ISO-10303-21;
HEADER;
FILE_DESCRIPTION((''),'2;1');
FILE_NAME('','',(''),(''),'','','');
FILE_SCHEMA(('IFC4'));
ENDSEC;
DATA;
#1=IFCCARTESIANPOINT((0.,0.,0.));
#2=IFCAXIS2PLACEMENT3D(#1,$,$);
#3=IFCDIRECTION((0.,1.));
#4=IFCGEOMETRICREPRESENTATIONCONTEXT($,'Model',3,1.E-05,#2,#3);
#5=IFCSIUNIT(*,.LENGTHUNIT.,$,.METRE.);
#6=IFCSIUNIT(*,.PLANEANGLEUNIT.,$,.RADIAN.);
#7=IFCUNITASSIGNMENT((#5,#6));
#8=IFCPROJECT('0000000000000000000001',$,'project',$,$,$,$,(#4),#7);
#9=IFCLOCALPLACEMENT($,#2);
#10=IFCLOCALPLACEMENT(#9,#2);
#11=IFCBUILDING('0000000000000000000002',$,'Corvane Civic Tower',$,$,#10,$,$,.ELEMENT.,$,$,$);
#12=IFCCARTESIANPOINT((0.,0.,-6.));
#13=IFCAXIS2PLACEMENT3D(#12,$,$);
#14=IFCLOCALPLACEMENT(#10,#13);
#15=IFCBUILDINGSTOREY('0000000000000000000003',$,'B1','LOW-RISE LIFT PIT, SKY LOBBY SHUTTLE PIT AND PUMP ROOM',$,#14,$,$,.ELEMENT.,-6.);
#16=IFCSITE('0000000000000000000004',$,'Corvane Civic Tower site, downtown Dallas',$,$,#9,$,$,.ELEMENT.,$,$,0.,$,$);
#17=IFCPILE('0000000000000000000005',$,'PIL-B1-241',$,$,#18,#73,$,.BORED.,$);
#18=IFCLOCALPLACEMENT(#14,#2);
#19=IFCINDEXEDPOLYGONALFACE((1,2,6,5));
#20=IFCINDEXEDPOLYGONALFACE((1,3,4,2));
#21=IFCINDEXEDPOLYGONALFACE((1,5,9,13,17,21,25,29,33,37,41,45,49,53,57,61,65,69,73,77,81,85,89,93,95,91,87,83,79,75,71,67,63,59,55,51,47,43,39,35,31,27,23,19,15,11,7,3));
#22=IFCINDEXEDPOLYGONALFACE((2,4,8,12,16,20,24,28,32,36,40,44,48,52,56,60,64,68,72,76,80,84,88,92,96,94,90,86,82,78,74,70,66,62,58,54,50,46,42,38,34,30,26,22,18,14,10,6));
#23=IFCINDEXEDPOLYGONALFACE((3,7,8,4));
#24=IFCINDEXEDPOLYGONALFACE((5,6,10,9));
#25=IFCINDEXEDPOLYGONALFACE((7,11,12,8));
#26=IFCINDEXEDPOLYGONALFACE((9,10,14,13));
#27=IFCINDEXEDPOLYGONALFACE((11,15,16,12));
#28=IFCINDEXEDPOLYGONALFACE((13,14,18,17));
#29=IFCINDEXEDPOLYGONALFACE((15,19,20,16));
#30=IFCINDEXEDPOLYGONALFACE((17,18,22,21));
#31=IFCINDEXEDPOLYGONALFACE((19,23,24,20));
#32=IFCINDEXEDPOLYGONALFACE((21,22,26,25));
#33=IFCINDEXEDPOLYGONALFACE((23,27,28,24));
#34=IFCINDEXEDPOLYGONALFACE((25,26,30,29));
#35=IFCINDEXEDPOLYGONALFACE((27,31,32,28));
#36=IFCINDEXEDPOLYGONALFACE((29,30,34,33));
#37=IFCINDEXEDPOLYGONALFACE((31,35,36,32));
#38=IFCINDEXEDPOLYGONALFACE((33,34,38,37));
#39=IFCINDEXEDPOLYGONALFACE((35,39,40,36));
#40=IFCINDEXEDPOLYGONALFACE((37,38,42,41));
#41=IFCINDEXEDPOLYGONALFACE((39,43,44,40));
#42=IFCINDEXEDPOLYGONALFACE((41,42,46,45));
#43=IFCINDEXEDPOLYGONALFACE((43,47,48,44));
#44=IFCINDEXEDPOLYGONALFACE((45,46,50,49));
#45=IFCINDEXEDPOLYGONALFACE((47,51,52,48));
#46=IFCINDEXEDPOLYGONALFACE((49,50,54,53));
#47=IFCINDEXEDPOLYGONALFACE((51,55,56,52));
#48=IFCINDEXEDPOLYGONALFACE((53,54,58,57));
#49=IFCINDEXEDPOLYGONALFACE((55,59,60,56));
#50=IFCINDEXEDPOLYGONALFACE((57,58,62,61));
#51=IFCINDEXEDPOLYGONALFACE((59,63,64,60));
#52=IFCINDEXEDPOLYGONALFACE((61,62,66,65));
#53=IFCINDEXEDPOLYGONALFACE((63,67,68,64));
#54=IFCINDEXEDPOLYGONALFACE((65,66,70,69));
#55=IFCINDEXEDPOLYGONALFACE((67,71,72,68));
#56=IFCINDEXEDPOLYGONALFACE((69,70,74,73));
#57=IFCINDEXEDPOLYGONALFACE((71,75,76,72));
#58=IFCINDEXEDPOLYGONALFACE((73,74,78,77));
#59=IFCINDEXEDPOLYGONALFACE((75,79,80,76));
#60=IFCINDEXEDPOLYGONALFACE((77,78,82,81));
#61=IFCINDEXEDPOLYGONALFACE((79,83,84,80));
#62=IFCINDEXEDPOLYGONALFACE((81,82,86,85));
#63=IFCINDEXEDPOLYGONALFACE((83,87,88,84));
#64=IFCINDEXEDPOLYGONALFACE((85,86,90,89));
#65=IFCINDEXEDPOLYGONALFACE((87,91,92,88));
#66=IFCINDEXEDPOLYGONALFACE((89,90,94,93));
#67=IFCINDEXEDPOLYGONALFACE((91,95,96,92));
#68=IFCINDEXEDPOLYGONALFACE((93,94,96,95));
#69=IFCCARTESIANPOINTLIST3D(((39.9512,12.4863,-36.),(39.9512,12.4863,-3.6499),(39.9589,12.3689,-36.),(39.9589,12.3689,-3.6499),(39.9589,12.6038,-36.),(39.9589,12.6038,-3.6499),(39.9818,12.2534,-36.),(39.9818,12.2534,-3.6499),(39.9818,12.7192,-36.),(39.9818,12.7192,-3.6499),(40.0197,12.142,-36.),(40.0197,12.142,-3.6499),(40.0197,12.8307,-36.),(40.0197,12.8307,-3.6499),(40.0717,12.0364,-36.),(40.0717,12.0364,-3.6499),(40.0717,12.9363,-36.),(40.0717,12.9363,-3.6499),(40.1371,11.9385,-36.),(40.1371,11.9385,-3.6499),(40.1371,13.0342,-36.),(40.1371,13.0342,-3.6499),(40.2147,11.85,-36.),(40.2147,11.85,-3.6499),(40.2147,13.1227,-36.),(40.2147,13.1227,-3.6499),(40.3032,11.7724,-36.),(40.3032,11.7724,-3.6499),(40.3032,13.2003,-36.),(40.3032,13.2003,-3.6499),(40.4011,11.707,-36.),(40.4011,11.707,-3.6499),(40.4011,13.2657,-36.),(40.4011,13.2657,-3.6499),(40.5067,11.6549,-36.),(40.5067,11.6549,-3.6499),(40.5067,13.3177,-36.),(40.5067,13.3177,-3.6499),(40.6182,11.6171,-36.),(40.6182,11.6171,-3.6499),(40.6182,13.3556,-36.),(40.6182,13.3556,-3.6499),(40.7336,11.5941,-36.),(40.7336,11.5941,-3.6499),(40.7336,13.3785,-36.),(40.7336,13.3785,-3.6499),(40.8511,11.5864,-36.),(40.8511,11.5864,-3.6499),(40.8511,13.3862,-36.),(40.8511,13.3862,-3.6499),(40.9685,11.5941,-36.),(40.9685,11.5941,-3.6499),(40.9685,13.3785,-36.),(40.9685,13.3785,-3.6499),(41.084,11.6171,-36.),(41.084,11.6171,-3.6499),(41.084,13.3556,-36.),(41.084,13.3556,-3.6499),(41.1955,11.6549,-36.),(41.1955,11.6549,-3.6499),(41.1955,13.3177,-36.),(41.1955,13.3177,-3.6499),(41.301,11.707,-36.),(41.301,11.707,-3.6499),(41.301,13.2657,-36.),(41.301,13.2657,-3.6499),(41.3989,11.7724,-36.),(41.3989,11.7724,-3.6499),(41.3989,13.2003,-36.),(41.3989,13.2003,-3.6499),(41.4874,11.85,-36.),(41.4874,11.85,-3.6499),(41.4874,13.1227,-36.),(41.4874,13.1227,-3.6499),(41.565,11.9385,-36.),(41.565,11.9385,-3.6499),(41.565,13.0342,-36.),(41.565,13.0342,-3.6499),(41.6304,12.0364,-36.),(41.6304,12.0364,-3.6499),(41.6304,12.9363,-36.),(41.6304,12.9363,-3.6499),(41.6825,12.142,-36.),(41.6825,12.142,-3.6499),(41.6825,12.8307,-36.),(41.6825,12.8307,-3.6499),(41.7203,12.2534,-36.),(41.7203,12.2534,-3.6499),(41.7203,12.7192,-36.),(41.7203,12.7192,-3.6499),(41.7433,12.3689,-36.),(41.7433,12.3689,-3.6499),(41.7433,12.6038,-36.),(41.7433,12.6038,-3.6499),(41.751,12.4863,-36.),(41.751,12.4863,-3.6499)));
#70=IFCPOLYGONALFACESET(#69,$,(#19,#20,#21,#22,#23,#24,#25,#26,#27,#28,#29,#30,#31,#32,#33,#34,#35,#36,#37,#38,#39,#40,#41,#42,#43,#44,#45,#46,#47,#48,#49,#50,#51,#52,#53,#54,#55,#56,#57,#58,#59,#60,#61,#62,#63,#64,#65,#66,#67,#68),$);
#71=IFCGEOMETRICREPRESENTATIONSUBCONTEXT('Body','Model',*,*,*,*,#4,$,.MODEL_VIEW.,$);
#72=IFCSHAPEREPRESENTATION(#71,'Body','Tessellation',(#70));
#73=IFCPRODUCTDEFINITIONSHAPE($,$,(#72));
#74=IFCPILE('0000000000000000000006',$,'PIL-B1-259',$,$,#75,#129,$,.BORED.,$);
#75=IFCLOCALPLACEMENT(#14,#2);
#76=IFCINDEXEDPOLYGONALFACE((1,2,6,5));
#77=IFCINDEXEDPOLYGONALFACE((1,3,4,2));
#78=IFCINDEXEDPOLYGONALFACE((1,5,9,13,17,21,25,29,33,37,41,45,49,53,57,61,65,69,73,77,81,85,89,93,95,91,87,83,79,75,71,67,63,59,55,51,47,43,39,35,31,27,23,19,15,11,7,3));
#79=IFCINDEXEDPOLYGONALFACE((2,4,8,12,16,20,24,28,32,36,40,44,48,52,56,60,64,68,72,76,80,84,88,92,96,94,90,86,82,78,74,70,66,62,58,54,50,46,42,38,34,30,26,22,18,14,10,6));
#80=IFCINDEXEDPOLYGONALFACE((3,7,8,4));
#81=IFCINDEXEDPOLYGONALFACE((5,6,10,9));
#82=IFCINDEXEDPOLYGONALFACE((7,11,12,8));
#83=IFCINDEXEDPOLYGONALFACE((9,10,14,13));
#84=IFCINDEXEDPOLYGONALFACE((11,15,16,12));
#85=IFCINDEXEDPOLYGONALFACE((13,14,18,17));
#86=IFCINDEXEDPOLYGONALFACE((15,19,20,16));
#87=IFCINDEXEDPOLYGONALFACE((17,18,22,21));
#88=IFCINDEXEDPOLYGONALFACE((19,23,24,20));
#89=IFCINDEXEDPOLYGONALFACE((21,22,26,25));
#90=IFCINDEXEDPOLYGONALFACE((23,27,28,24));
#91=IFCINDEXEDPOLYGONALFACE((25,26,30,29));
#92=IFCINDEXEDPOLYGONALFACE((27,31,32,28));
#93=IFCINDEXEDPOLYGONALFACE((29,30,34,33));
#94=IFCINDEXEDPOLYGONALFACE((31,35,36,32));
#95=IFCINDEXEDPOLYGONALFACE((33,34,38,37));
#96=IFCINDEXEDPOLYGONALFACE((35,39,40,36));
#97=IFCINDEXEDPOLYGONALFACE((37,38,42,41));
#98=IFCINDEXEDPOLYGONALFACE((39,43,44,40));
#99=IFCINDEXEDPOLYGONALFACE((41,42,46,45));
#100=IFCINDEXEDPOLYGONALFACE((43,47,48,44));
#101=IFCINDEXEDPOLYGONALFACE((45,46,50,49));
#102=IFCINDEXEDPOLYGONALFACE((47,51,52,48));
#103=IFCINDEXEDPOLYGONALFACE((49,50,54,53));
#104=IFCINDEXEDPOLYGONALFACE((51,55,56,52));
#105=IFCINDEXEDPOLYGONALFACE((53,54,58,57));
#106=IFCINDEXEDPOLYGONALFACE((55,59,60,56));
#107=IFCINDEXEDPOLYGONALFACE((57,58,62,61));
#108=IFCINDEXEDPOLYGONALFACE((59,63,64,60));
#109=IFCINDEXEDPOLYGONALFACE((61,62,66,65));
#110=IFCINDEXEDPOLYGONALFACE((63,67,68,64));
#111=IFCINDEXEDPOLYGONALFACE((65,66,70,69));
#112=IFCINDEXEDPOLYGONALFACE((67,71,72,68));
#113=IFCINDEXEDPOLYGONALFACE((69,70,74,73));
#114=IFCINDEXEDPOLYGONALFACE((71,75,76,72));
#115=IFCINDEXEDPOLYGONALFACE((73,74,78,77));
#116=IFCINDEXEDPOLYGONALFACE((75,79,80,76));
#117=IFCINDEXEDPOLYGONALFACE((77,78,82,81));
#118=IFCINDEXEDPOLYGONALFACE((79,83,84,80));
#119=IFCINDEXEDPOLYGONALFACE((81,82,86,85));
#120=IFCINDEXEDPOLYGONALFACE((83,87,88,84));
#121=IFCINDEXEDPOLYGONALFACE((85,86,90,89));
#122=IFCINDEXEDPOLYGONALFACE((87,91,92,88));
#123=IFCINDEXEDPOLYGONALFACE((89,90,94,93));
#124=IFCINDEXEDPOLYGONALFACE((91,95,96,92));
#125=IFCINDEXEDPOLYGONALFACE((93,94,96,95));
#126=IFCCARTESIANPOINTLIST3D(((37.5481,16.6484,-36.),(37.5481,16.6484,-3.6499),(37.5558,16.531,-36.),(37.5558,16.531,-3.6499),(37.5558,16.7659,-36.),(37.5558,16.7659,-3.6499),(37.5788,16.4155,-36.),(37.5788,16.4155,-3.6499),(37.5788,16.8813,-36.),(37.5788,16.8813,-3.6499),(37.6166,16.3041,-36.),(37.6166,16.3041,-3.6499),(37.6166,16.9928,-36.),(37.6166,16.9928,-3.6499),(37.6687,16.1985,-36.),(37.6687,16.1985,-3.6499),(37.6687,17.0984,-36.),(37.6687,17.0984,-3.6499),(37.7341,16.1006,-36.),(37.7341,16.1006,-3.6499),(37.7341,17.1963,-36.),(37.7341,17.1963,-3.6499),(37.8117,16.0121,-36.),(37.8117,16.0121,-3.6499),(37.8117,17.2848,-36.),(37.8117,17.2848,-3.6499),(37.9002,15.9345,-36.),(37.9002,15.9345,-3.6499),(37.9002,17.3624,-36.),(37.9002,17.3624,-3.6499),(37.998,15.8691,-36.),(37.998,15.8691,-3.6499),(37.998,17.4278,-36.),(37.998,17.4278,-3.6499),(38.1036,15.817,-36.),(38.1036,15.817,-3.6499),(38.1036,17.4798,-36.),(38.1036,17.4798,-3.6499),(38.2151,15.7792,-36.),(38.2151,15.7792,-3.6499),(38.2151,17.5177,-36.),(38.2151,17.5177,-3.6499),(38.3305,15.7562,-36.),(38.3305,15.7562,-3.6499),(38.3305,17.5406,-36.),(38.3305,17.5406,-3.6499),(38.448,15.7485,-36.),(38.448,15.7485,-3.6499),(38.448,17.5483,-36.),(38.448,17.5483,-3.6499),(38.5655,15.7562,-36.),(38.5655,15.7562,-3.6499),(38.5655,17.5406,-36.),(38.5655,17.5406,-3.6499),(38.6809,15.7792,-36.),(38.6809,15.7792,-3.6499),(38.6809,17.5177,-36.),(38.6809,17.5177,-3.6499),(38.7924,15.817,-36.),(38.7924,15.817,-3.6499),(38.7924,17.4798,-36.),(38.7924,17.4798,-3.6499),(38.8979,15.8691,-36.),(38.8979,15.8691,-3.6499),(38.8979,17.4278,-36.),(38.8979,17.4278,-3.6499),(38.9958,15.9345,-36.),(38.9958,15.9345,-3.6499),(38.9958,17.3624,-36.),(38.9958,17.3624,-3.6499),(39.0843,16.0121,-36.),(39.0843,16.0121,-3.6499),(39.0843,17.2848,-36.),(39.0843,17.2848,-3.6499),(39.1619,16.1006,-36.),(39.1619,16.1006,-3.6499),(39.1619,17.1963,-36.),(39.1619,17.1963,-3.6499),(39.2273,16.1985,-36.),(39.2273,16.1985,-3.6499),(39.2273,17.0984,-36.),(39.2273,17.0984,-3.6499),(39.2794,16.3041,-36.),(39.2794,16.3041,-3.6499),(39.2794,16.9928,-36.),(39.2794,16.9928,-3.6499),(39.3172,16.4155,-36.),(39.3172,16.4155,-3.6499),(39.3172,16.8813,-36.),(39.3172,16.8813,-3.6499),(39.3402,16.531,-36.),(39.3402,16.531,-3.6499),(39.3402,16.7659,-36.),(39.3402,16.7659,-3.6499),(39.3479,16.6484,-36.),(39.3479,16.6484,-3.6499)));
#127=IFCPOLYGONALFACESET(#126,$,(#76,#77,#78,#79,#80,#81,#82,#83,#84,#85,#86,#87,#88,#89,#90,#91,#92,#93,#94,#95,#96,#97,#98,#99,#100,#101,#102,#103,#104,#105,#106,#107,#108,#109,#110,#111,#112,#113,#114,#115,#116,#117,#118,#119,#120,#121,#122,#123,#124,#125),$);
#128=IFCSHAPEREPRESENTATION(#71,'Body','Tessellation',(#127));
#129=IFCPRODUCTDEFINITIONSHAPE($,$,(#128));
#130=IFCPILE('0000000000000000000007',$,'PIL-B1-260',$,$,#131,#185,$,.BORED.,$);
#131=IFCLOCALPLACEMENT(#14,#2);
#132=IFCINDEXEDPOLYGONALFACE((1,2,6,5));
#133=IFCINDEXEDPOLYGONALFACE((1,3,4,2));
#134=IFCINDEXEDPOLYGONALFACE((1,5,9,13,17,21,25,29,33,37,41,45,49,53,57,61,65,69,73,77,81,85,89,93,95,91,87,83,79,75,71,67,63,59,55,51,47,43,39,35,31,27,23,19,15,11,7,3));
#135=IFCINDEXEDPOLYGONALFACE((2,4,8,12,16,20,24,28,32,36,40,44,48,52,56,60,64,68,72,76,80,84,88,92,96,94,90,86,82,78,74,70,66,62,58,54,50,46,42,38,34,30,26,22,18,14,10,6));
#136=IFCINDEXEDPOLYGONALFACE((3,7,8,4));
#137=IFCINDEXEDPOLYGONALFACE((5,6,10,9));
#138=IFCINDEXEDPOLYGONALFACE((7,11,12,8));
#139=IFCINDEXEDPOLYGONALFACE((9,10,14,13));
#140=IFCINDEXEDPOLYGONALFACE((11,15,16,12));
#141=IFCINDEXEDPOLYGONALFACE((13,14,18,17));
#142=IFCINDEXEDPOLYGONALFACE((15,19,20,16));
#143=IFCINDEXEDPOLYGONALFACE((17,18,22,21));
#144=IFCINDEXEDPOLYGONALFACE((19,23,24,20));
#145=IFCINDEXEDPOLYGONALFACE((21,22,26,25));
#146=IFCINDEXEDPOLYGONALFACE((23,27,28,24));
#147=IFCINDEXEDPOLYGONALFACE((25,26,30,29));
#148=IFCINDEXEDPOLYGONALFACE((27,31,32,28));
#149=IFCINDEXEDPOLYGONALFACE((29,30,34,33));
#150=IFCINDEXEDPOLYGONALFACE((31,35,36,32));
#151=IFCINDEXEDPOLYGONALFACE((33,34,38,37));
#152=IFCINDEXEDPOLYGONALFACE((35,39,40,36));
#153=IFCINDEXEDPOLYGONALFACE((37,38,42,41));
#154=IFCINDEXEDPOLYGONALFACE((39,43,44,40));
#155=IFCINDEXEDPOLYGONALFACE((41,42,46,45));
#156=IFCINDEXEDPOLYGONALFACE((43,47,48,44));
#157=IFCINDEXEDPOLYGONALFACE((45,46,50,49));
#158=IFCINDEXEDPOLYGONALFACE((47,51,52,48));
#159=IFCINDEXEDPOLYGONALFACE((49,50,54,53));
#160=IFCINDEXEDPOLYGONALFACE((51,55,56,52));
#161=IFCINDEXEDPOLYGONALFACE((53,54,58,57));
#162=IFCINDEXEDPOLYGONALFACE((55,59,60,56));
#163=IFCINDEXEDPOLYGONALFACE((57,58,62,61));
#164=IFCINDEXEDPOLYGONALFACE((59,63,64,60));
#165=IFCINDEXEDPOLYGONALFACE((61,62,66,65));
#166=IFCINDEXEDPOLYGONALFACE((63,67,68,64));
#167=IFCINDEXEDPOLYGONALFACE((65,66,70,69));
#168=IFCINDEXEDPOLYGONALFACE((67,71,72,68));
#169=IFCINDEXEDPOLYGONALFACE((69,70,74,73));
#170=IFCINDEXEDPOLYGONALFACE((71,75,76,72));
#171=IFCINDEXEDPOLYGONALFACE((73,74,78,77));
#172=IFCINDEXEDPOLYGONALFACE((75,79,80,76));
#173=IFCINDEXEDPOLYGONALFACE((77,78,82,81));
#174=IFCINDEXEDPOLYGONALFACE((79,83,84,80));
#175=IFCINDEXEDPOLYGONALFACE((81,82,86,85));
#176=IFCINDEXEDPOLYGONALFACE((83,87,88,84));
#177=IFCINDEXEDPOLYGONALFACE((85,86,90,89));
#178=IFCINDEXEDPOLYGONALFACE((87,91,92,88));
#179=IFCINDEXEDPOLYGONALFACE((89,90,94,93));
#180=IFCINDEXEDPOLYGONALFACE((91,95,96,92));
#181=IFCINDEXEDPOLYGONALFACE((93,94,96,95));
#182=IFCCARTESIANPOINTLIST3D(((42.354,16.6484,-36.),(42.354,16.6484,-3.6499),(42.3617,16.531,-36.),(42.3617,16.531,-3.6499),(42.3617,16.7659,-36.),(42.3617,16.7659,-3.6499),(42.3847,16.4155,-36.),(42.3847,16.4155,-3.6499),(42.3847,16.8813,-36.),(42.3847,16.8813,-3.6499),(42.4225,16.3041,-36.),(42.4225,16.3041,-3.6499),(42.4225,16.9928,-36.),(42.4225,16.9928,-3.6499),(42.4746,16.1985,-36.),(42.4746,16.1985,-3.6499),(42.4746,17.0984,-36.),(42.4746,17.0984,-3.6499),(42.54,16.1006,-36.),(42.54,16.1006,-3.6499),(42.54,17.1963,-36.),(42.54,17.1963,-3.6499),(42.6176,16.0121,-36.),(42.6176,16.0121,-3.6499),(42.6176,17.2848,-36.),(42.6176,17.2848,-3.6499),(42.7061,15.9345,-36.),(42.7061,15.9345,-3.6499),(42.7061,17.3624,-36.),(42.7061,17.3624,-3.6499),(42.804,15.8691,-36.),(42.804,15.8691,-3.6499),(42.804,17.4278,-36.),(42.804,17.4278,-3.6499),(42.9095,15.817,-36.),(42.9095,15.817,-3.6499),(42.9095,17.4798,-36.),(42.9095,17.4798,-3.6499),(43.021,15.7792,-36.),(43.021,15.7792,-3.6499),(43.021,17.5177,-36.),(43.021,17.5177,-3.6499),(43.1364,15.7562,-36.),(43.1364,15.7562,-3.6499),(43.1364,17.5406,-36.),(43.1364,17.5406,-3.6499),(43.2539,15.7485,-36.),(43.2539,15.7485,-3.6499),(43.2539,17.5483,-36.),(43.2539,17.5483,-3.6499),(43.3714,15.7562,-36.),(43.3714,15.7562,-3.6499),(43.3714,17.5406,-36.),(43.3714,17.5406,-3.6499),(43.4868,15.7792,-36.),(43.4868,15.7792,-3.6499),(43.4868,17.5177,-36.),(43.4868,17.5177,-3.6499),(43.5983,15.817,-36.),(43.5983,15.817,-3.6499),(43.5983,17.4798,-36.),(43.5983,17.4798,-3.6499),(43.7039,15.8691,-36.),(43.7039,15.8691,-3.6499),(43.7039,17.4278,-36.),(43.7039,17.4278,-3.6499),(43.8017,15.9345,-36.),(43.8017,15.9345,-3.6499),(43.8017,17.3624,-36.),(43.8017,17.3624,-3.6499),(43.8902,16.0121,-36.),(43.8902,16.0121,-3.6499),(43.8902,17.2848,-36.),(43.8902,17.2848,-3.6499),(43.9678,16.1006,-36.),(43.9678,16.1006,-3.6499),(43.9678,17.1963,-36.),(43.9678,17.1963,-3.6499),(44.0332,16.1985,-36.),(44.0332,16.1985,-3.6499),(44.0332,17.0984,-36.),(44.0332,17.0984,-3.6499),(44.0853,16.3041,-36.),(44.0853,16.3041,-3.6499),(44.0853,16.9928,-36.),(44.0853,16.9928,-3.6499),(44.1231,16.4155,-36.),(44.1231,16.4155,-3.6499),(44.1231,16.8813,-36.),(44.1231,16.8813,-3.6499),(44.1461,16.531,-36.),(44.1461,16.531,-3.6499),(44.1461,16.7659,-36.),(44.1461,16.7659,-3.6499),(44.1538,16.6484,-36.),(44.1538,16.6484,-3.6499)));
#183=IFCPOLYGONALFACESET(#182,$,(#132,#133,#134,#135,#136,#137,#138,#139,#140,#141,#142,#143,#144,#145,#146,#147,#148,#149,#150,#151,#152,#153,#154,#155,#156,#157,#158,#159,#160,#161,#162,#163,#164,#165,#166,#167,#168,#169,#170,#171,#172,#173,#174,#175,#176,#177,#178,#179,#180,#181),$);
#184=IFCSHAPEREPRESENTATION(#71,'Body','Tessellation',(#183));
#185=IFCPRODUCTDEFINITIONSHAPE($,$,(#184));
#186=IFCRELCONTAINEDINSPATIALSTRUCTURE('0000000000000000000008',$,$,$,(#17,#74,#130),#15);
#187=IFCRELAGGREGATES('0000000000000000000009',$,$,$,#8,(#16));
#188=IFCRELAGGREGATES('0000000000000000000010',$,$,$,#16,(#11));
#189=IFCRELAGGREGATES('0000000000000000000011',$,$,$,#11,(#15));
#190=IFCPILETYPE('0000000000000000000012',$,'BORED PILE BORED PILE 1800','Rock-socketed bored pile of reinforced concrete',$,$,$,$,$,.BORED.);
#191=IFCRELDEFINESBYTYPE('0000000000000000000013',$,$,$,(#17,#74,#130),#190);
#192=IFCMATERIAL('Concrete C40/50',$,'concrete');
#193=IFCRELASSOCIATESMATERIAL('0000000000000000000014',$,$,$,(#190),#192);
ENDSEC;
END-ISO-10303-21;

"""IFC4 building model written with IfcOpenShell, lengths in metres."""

from ifc_helpers import new_model, si_unit, direction, frame, origin, origin_2d, place, context, subcontext, project, spatial, circle, extrude, material, material_profile, profile_set, type_object, element, save


model = new_model("IFC4")

# Units and contexts
model_context = context("Model", 3, precision=1e-05, world=origin(), true_north=direction((0.0, 1.0)))
body_context = subcontext(model_context, "Body", "Model", "MODEL_VIEW")
ifc_project = project(units=[si_unit("LENGTHUNIT", "METRE"), si_unit("PLANEANGLEUNIT", "RADIAN")], contexts=[model_context])

# Site, building, storey
site_placement = place(None, origin())
site = spatial("IfcSite", under=ifc_project, at=site_placement, Name="Corvane Civic Tower site, downtown Dallas", CompositionType="ELEMENT", RefElevation=0.0)
building_placement = place(site_placement, origin())
building = spatial("IfcBuilding", under=site, at=building_placement, Name="Corvane Civic Tower", CompositionType="ELEMENT")
storey_placement = place(building_placement, frame((0.0, 0.0, -6.0)))
storey = spatial("IfcBuildingStorey", under=building, at=storey_placement, Name="B1", Description="LOW-RISE LIFT PIT, SKY LOBBY SHUTTLE PIT AND PUMP ROOM", CompositionType="ELEMENT", Elevation=-6.0)

# Piles
ifc_material_1 = material(Name="Concrete C40/50", Category="concrete")
ifc_material_profile_1 = material_profile(ifc_material_1, circle(Radius=0.8999, at=origin_2d()), Name="BORED PILE 1800")
ifc_profile_set_1 = profile_set([ifc_material_profile_1], Name="Concrete C40/50")
pile_type_1 = type_object("IfcPileType", Name="BORED PILE BORED PILE 1800", Description="Rock-socketed bored pile of reinforced concrete", PredefinedType="BORED", material=ifc_profile_set_1)
for number, where, z_axis, x_axis, name in (
    (1, (40.8511, 12.4863, -3.6499), (0.0, 0.0, -1.0), (1.0, 0.0, 0.0), "PIL-B1-241"),
    (2, (38.448, 16.6484, -3.6499), (0.0, 0.0, -1.0), (1.0, 0.0, 0.0), "PIL-B1-259"),
    (3, (43.2539, 16.6484, -3.6499), (0.0, 0.0, -1.0), (1.0, 0.0, 0.0), "PIL-B1-260"),
):
    element("IfcPile", number, at=place(storey_placement, frame(where, z_axis=z_axis, x_axis=x_axis)), inside=storey, type_object=pile_type_1, Name=name, PredefinedType="BORED", context=body_context, shape_type="SweptSolid", body=[
        extrude(circle(Radius=0.8999, at=origin_2d()), origin(), (0.0, 0.0, 1.0), 32.3501),
    ])

save(model, "model.ifc")
